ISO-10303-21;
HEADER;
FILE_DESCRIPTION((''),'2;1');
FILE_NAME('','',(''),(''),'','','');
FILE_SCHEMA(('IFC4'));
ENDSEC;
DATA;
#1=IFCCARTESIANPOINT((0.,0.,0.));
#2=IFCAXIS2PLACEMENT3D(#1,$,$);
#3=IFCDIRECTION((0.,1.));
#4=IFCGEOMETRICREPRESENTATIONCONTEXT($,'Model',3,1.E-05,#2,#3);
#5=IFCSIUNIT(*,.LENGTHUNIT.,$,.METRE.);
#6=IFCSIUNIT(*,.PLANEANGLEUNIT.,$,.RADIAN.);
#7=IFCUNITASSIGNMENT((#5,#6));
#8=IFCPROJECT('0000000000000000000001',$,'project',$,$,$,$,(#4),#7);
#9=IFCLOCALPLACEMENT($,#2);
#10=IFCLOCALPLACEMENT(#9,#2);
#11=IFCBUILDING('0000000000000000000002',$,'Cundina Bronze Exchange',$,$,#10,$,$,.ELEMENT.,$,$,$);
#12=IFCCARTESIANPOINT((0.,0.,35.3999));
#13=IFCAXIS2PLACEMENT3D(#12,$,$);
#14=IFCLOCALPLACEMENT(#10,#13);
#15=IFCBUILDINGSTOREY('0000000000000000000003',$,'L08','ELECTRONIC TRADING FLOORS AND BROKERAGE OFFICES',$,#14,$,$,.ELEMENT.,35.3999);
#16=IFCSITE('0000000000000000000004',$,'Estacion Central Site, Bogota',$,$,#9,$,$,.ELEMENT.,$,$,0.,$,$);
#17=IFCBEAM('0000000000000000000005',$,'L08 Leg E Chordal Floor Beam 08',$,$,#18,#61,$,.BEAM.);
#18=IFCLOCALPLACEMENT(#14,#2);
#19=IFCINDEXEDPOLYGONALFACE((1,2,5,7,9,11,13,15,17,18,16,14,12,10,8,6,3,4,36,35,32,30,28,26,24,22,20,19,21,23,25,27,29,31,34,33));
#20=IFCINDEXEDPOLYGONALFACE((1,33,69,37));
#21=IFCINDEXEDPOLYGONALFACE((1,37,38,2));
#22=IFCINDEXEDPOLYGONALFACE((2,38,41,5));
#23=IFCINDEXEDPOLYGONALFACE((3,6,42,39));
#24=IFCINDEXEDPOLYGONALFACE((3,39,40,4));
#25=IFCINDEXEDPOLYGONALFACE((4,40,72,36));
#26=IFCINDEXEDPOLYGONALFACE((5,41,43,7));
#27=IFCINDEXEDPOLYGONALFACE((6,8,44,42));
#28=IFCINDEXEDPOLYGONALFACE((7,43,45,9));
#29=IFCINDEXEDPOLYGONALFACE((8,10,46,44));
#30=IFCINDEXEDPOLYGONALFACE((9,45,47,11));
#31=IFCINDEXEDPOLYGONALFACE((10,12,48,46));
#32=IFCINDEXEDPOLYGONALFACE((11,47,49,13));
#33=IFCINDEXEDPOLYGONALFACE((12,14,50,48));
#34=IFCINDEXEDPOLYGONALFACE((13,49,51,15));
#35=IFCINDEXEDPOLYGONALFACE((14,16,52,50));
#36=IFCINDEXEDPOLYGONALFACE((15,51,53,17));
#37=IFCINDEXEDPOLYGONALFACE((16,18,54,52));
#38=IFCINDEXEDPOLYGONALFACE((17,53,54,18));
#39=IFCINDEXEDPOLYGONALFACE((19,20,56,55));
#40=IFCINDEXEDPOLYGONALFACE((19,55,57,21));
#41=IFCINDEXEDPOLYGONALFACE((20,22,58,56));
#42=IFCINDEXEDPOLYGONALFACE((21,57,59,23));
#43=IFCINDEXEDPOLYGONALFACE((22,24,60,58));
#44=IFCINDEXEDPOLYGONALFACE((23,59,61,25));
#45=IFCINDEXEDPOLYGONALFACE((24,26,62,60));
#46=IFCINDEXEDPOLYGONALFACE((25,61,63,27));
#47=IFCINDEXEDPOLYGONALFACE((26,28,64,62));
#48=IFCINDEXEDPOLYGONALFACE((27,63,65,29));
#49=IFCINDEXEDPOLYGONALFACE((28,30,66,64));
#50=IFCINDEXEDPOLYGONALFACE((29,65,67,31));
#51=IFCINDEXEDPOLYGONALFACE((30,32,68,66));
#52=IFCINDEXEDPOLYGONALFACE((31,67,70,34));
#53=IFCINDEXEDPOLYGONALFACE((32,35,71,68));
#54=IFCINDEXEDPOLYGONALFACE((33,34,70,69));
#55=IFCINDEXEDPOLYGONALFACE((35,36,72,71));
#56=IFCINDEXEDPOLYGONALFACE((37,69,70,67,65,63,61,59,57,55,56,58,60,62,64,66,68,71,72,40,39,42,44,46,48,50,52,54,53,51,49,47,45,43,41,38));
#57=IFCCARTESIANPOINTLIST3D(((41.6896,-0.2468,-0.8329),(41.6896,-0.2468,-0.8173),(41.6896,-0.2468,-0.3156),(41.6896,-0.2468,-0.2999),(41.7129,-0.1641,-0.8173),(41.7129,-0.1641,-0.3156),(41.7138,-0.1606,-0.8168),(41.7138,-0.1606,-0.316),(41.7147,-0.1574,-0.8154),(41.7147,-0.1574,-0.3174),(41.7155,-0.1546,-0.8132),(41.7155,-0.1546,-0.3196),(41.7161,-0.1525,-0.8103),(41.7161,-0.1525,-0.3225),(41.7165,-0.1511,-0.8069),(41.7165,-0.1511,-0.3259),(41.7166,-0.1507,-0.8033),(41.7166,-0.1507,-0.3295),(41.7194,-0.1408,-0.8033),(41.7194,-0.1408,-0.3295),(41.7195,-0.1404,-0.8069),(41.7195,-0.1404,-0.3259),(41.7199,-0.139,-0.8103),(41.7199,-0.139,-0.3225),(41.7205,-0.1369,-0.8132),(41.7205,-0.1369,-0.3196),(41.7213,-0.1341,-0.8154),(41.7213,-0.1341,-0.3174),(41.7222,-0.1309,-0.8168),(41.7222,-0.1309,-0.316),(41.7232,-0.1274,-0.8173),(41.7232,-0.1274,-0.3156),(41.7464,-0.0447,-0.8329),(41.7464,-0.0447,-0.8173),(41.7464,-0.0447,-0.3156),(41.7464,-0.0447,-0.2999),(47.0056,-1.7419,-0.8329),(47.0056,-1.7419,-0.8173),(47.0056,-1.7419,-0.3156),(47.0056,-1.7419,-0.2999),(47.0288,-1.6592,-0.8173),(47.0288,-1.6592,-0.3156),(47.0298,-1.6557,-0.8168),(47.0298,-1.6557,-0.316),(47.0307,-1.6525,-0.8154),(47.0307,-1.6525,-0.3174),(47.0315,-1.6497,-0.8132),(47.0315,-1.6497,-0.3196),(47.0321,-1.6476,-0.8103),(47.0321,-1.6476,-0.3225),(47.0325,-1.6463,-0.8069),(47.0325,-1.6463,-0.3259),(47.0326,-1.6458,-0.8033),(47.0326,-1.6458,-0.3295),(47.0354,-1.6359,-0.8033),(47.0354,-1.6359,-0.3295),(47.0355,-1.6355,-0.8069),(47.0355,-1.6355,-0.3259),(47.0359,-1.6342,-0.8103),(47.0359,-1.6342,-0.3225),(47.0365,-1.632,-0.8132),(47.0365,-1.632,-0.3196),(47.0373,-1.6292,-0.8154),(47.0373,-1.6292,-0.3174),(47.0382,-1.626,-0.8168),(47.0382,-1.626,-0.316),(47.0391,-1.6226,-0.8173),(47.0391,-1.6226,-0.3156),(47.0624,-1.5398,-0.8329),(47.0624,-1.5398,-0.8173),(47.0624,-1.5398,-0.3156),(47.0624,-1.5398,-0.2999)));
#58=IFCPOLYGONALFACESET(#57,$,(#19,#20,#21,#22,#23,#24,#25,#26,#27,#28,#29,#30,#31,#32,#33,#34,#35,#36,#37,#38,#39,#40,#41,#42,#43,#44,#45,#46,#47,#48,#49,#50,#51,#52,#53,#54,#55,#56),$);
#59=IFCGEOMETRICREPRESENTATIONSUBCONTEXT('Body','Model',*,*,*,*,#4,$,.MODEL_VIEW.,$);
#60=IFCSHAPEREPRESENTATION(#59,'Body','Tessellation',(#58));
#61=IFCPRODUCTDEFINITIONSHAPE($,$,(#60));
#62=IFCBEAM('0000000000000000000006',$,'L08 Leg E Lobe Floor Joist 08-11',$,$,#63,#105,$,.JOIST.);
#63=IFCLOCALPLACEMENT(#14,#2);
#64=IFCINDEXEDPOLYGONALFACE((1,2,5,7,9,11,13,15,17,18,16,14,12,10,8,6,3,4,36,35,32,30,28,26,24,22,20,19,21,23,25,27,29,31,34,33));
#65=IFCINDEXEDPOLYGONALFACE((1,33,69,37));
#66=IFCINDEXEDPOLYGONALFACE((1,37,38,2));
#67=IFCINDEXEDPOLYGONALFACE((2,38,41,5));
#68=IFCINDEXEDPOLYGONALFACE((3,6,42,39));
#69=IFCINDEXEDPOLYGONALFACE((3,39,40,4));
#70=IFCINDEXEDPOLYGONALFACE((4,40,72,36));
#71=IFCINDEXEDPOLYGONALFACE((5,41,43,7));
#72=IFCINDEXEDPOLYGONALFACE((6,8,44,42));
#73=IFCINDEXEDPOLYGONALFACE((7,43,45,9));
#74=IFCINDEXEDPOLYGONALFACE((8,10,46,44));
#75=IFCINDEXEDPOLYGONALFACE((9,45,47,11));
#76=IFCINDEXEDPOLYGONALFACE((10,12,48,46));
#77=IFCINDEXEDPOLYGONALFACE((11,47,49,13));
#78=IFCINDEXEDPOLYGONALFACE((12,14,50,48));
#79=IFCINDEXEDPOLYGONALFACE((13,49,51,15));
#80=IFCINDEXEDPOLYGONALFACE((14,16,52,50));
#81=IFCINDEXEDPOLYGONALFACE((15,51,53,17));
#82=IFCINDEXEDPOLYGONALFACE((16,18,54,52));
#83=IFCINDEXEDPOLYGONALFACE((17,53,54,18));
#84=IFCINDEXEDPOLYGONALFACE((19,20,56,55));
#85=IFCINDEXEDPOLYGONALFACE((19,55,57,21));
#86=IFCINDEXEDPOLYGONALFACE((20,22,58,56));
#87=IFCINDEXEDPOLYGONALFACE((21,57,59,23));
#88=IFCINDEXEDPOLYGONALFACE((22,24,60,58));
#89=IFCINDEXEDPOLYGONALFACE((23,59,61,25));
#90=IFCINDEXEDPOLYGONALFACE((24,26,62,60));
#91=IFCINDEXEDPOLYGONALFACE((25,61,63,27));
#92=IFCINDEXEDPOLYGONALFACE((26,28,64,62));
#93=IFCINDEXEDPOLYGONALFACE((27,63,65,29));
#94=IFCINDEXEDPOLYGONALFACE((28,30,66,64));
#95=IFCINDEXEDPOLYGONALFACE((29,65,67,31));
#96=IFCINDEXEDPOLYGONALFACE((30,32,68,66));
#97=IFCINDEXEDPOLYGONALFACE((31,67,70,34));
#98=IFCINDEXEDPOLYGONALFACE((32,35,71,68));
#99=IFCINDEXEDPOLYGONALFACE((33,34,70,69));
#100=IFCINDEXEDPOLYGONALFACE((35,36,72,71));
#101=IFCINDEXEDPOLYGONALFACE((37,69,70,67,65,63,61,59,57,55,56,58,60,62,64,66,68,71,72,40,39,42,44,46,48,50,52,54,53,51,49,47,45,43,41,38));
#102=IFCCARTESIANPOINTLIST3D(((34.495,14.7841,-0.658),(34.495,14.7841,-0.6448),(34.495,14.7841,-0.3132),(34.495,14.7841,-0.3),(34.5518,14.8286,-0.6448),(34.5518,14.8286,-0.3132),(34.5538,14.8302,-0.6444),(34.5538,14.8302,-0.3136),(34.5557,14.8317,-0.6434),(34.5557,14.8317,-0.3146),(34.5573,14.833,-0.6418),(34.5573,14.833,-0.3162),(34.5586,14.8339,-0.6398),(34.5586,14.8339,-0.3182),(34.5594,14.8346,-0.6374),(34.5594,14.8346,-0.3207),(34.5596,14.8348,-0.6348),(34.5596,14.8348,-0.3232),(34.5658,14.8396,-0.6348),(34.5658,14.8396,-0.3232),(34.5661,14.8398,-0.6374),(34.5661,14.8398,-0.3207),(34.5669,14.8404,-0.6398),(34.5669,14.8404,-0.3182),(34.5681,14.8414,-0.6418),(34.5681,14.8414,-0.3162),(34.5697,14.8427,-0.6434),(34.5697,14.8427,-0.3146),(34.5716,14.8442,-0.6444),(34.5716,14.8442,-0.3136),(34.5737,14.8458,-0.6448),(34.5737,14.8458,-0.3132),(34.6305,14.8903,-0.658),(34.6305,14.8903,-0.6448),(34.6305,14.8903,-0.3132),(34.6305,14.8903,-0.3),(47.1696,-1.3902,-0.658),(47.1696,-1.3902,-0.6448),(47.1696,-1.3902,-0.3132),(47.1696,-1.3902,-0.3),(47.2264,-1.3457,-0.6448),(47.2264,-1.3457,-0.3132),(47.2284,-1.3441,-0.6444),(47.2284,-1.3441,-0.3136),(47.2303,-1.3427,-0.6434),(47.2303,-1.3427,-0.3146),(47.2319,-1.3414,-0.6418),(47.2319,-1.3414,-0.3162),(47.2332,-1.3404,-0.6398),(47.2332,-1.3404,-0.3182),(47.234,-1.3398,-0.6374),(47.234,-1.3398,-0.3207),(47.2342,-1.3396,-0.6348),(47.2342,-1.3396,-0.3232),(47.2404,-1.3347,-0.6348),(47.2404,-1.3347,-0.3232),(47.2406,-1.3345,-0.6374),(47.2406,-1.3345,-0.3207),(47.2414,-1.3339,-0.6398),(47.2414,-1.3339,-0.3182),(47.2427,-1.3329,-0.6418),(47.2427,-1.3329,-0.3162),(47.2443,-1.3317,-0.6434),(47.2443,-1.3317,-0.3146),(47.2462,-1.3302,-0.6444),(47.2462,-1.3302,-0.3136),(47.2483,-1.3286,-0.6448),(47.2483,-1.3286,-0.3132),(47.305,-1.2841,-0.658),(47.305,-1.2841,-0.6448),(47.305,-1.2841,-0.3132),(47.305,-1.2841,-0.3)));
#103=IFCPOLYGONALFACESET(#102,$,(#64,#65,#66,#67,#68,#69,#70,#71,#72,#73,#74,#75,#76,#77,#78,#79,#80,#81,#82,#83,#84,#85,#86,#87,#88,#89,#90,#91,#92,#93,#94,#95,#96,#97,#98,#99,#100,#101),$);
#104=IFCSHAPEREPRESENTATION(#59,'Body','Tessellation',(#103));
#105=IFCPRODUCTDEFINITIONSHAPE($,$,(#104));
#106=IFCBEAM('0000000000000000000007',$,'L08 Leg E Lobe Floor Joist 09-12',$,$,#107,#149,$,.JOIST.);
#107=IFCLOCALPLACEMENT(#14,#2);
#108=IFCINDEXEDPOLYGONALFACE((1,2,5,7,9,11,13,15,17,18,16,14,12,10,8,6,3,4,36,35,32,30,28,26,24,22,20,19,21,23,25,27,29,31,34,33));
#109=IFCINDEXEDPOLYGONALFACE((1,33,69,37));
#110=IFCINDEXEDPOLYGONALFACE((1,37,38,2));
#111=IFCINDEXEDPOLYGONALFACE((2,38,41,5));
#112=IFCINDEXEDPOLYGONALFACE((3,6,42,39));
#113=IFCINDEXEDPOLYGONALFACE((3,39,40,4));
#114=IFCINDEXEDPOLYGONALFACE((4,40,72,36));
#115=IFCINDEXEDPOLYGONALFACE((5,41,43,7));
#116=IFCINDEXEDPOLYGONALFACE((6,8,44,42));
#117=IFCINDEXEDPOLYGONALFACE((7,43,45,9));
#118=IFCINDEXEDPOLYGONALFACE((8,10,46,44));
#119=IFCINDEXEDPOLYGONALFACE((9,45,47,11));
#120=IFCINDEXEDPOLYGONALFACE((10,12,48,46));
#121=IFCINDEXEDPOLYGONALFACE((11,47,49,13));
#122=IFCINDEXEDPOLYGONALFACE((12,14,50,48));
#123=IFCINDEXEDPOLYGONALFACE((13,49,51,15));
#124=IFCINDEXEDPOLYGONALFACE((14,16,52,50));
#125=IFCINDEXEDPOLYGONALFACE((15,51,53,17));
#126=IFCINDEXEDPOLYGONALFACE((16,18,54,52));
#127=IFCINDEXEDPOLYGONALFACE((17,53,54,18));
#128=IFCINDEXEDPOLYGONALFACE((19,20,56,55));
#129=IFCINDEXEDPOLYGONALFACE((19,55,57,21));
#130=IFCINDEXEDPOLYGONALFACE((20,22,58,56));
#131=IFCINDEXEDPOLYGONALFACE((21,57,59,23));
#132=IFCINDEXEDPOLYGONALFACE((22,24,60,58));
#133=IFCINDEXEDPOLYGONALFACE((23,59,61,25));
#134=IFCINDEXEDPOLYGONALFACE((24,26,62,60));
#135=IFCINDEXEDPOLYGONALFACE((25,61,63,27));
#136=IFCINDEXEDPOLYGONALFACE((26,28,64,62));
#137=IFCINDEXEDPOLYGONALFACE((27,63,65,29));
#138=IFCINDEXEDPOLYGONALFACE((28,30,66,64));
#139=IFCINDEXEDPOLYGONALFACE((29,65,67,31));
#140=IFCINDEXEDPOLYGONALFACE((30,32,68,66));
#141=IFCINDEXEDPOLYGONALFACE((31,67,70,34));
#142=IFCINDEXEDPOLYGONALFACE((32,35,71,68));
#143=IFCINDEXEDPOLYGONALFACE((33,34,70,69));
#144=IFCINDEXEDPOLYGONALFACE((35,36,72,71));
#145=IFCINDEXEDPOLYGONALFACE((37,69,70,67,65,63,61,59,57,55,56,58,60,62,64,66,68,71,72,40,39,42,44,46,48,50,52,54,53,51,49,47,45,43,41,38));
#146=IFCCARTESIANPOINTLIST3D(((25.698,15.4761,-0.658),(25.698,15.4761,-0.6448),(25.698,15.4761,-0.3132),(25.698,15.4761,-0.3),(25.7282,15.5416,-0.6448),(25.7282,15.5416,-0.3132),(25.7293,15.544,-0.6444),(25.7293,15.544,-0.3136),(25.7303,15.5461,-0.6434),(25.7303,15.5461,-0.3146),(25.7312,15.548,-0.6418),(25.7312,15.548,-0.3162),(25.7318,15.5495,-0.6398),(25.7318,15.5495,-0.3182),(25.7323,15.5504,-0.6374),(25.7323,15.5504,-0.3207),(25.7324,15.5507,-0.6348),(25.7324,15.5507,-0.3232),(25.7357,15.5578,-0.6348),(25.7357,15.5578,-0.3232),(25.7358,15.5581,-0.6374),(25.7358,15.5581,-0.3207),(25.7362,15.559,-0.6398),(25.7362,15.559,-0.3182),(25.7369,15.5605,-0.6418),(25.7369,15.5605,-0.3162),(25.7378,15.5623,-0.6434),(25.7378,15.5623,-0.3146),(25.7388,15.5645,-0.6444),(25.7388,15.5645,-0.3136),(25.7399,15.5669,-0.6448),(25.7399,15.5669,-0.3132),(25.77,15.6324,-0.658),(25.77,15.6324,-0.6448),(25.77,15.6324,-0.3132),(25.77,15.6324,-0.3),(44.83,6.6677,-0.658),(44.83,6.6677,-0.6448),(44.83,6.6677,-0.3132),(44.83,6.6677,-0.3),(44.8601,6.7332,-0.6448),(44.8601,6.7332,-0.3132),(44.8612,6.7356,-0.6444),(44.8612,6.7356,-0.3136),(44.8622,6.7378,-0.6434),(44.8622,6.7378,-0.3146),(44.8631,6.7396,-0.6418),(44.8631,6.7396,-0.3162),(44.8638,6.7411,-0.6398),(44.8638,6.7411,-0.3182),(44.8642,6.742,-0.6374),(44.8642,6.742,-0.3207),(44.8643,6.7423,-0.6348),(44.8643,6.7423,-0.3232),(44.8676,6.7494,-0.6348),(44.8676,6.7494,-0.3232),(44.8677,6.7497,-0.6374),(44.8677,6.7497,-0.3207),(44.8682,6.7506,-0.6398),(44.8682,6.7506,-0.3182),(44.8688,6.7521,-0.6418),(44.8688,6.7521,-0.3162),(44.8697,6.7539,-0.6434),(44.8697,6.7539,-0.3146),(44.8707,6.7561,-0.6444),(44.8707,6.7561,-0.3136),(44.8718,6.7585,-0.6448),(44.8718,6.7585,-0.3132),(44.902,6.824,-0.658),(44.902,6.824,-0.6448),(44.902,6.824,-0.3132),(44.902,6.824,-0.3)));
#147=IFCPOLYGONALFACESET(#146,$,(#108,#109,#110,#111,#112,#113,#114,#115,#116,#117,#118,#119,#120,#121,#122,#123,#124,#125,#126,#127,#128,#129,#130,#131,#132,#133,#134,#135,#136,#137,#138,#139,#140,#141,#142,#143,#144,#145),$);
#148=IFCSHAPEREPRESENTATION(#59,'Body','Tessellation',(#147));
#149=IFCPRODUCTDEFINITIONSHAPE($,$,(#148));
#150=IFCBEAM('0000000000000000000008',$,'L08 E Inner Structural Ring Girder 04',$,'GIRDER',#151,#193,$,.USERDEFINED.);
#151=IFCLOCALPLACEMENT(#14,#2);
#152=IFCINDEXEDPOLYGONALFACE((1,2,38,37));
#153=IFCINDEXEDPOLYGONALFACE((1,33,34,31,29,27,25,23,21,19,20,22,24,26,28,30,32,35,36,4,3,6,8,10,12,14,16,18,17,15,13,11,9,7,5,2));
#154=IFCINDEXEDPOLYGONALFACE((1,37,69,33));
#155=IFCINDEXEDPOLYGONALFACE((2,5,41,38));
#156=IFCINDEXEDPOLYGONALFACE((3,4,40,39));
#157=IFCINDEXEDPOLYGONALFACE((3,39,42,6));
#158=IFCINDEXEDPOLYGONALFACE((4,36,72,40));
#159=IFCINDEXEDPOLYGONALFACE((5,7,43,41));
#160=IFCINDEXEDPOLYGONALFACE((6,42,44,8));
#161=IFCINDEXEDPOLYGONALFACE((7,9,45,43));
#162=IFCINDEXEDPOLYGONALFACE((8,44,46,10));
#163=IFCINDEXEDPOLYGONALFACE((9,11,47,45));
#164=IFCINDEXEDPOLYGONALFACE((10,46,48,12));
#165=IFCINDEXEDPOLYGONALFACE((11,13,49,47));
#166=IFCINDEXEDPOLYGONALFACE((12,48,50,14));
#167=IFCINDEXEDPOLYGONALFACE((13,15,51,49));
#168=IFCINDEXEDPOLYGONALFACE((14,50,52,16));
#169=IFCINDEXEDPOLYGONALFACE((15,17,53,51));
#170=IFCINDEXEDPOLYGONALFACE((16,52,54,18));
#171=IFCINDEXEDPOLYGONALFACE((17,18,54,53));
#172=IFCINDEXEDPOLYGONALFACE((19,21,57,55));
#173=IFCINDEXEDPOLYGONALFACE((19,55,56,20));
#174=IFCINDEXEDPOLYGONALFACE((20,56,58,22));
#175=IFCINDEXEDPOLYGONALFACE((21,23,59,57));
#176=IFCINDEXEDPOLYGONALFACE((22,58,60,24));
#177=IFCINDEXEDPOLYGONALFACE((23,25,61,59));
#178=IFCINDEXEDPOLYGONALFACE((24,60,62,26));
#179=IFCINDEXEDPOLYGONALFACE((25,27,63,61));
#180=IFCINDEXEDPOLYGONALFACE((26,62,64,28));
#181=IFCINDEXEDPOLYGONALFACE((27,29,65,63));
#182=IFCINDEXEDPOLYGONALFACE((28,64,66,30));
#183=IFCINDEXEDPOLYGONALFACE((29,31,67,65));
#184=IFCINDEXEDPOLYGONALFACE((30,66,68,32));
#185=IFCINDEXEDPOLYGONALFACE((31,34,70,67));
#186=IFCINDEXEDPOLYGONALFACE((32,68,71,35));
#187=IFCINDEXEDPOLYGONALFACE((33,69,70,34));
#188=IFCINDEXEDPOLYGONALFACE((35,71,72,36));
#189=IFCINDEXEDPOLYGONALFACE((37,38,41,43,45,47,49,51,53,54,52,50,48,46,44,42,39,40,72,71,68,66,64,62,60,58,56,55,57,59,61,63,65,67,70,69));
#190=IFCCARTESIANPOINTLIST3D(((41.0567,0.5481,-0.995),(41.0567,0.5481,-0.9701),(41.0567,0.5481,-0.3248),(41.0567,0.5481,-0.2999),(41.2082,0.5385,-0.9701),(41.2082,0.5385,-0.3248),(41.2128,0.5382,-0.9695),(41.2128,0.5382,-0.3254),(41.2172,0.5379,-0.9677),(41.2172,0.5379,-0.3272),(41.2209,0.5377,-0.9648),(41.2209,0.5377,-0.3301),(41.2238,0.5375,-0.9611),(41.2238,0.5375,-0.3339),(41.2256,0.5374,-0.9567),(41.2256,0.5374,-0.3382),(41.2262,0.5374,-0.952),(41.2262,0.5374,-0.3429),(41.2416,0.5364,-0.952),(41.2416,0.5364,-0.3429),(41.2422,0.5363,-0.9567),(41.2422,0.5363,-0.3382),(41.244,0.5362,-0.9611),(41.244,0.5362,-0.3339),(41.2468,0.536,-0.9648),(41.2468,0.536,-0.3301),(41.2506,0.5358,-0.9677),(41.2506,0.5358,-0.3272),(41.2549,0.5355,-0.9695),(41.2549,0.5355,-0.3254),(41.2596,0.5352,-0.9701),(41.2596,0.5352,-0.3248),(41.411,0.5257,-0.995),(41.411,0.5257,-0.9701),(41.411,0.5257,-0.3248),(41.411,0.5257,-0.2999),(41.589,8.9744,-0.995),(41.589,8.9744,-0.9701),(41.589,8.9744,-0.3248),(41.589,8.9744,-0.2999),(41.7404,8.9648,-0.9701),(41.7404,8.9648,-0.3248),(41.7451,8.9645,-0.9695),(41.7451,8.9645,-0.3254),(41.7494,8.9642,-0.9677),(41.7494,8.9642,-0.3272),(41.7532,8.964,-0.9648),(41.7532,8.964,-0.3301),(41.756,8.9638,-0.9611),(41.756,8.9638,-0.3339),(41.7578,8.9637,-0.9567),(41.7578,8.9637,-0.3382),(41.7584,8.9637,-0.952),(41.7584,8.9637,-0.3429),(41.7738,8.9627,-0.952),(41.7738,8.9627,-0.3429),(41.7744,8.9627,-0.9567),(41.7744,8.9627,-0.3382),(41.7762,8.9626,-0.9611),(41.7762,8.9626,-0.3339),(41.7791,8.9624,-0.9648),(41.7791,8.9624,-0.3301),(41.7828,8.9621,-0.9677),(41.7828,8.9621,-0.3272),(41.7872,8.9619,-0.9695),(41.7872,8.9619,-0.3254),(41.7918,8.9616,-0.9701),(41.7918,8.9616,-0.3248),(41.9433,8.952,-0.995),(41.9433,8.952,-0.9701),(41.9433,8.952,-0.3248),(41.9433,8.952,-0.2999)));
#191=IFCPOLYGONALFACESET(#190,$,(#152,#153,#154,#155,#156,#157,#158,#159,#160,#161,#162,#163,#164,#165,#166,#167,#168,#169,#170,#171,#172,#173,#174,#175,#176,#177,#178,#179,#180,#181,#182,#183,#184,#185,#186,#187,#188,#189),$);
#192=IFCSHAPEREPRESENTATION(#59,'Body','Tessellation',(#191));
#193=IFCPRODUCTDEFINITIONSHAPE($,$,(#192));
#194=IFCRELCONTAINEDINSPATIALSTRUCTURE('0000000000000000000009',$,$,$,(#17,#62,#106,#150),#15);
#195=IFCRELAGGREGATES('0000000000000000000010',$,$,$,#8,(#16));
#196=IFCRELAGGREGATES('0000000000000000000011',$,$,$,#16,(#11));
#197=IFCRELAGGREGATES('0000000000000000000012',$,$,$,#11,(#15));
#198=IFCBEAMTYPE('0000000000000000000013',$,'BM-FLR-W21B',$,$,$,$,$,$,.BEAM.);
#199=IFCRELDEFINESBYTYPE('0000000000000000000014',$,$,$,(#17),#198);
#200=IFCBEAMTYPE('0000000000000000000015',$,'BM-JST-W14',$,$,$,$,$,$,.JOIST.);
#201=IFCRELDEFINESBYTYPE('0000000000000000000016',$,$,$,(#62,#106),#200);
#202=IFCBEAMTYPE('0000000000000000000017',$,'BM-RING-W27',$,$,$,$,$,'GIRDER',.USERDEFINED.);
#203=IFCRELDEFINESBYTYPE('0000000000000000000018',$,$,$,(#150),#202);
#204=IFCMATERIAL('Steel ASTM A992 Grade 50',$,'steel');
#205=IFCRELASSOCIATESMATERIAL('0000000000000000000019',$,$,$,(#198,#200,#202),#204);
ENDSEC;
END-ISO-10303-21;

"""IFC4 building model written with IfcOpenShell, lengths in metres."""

from ifc_helpers import new_model, si_unit, direction, frame, origin, origin_2d, place, context, subcontext, project, spatial, i_section, extrude, material, material_profile, profile_set, type_object, element, save


model = new_model("IFC4")

# Units and contexts
model_context = context("Model", 3, precision=1e-05, world=origin(), true_north=direction((0.0, 1.0)))
body_context = subcontext(model_context, "Body", "Model", "MODEL_VIEW")
ifc_project = project(units=[si_unit("LENGTHUNIT", "METRE"), si_unit("PLANEANGLEUNIT", "RADIAN")], contexts=[model_context])

# Site, building, storey
site_placement = place(None, origin())
site = spatial("IfcSite", under=ifc_project, at=site_placement, Name="Estacion Central Site, Bogota", CompositionType="ELEMENT", RefElevation=0.0)
building_placement = place(site_placement, origin())
building = spatial("IfcBuilding", under=site, at=building_placement, Name="Cundina Bronze Exchange", CompositionType="ELEMENT")
storey_placement = place(building_placement, frame((0.0, 0.0, 35.3999)))
storey = spatial("IfcBuildingStorey", under=building, at=storey_placement, Name="L08", Description="ELECTRONIC TRADING FLOORS AND BROKERAGE OFFICES", CompositionType="ELEMENT", Elevation=35.3999)

# Shared definitions
ifc_material_1 = material(Name="Steel ASTM A992 Grade 50", Category="steel")

# Beams
ifc_material_profile_1 = material_profile(ifc_material_1, i_section(OverallWidth=0.21, OverallDepth=0.533, WebThickness=0.0103, FlangeThickness=0.0156, FilletRadius=0.0139, at=origin_2d()), Name="W21X62", Category="steel")
ifc_profile_set_1 = profile_set([ifc_material_profile_1], Name="Steel ASTM A992 Grade 50")
beam_type_1 = type_object("IfcBeamType", Name="BM-FLR-W21B", PredefinedType="BEAM", material=ifc_profile_set_1)
beam_1_placement = place(storey_placement, frame((41.718, -0.1458, -0.5664), z_axis=(0.96265, -0.270748, 0.0), x_axis=(0.270748, 0.96265, 0.0)))
element("IfcBeam", 1, at=beam_1_placement, inside=storey, type_object=beam_type_1, Name="L08 Leg E Chordal Floor Beam 08", PredefinedType="BEAM", context=body_context, shape_type="SweptSolid", body=[
    extrude(i_section(OverallWidth=0.21, OverallDepth=0.533, WebThickness=0.0103, FlangeThickness=0.0156, FilletRadius=0.0139, at=origin_2d()), origin(), (0.0, 0.0, 1.0), 5.5222),
])
ifc_material_profile_2 = material_profile(ifc_material_1, i_section(OverallWidth=0.1721, OverallDepth=0.3579, WebThickness=0.0078, FlangeThickness=0.0132, FilletRadius=0.01, at=origin_2d()), Name="W14X38", Category="steel")
ifc_profile_set_2 = profile_set([ifc_material_profile_2], Name="Steel ASTM A992 Grade 50")
beam_type_2 = type_object("IfcBeamType", Name="BM-JST-W14", PredefinedType="JOIST", material=ifc_profile_set_2)
beam_2_placement = place(storey_placement, frame((47.2373, -1.3372, -0.479), z_axis=(-0.616803, 0.787117, 0.0), x_axis=(-0.787117, -0.616803, 0.0)))
element("IfcBeam", 2, at=beam_2_placement, inside=storey, type_object=beam_type_2, Name="L08 Leg E Lobe Floor Joist 08-11", PredefinedType="JOIST", context=body_context, shape_type="SweptSolid", body=[
    extrude(i_section(OverallWidth=0.1721, OverallDepth=0.3579, WebThickness=0.0078, FlangeThickness=0.0132, FilletRadius=0.01, at=origin_2d()), origin(), (0.0, 0.0, 1.0), 20.5488),
])
beam_3_placement = place(storey_placement, frame((44.866, 6.7458, -0.479), z_axis=(-0.908352, 0.418208, 0.0), x_axis=(-0.418208, -0.908352, 0.0)))
element("IfcBeam", 3, at=beam_3_placement, inside=storey, type_object=beam_type_2, Name="L08 Leg E Lobe Floor Joist 09-12", PredefinedType="JOIST", context=body_context, shape_type="SweptSolid", body=[
    extrude(i_section(OverallWidth=0.1721, OverallDepth=0.3579, WebThickness=0.0078, FlangeThickness=0.0132, FilletRadius=0.01, at=origin_2d()), origin(), (0.0, 0.0, 1.0), 21.0623),
])
ifc_material_profile_3 = material_profile(ifc_material_1, i_section(OverallWidth=0.355, OverallDepth=0.6951, WebThickness=0.0154, FlangeThickness=0.0249, FilletRadius=0.0181, at=origin_2d()), Name="W27X146", Category="steel")
ifc_profile_set_3 = profile_set([ifc_material_profile_3], Name="Steel ASTM A992 Grade 50")
beam_type_3 = type_object("IfcBeamType", Name="BM-RING-W27", ElementType="GIRDER", PredefinedType="USERDEFINED", material=ifc_profile_set_3)
beam_4_placement = place(storey_placement, frame((41.2339, 0.5369, -0.6475), z_axis=(0.063037, 0.998011, 0.0), x_axis=(-0.998011, 0.063037, 0.0)))
element("IfcBeam", 4, at=beam_4_placement, inside=storey, type_object=beam_type_3, Name="L08 E Inner Structural Ring Girder 04", ObjectType="GIRDER", PredefinedType="USERDEFINED", context=body_context, shape_type="SweptSolid", body=[
    extrude(i_section(OverallWidth=0.355, OverallDepth=0.6951, WebThickness=0.0154, FlangeThickness=0.0249, FilletRadius=0.0181, at=origin_2d()), origin(), (0.0, 0.0, 1.0), 8.4431),
])

save(model, "model.ifc")
